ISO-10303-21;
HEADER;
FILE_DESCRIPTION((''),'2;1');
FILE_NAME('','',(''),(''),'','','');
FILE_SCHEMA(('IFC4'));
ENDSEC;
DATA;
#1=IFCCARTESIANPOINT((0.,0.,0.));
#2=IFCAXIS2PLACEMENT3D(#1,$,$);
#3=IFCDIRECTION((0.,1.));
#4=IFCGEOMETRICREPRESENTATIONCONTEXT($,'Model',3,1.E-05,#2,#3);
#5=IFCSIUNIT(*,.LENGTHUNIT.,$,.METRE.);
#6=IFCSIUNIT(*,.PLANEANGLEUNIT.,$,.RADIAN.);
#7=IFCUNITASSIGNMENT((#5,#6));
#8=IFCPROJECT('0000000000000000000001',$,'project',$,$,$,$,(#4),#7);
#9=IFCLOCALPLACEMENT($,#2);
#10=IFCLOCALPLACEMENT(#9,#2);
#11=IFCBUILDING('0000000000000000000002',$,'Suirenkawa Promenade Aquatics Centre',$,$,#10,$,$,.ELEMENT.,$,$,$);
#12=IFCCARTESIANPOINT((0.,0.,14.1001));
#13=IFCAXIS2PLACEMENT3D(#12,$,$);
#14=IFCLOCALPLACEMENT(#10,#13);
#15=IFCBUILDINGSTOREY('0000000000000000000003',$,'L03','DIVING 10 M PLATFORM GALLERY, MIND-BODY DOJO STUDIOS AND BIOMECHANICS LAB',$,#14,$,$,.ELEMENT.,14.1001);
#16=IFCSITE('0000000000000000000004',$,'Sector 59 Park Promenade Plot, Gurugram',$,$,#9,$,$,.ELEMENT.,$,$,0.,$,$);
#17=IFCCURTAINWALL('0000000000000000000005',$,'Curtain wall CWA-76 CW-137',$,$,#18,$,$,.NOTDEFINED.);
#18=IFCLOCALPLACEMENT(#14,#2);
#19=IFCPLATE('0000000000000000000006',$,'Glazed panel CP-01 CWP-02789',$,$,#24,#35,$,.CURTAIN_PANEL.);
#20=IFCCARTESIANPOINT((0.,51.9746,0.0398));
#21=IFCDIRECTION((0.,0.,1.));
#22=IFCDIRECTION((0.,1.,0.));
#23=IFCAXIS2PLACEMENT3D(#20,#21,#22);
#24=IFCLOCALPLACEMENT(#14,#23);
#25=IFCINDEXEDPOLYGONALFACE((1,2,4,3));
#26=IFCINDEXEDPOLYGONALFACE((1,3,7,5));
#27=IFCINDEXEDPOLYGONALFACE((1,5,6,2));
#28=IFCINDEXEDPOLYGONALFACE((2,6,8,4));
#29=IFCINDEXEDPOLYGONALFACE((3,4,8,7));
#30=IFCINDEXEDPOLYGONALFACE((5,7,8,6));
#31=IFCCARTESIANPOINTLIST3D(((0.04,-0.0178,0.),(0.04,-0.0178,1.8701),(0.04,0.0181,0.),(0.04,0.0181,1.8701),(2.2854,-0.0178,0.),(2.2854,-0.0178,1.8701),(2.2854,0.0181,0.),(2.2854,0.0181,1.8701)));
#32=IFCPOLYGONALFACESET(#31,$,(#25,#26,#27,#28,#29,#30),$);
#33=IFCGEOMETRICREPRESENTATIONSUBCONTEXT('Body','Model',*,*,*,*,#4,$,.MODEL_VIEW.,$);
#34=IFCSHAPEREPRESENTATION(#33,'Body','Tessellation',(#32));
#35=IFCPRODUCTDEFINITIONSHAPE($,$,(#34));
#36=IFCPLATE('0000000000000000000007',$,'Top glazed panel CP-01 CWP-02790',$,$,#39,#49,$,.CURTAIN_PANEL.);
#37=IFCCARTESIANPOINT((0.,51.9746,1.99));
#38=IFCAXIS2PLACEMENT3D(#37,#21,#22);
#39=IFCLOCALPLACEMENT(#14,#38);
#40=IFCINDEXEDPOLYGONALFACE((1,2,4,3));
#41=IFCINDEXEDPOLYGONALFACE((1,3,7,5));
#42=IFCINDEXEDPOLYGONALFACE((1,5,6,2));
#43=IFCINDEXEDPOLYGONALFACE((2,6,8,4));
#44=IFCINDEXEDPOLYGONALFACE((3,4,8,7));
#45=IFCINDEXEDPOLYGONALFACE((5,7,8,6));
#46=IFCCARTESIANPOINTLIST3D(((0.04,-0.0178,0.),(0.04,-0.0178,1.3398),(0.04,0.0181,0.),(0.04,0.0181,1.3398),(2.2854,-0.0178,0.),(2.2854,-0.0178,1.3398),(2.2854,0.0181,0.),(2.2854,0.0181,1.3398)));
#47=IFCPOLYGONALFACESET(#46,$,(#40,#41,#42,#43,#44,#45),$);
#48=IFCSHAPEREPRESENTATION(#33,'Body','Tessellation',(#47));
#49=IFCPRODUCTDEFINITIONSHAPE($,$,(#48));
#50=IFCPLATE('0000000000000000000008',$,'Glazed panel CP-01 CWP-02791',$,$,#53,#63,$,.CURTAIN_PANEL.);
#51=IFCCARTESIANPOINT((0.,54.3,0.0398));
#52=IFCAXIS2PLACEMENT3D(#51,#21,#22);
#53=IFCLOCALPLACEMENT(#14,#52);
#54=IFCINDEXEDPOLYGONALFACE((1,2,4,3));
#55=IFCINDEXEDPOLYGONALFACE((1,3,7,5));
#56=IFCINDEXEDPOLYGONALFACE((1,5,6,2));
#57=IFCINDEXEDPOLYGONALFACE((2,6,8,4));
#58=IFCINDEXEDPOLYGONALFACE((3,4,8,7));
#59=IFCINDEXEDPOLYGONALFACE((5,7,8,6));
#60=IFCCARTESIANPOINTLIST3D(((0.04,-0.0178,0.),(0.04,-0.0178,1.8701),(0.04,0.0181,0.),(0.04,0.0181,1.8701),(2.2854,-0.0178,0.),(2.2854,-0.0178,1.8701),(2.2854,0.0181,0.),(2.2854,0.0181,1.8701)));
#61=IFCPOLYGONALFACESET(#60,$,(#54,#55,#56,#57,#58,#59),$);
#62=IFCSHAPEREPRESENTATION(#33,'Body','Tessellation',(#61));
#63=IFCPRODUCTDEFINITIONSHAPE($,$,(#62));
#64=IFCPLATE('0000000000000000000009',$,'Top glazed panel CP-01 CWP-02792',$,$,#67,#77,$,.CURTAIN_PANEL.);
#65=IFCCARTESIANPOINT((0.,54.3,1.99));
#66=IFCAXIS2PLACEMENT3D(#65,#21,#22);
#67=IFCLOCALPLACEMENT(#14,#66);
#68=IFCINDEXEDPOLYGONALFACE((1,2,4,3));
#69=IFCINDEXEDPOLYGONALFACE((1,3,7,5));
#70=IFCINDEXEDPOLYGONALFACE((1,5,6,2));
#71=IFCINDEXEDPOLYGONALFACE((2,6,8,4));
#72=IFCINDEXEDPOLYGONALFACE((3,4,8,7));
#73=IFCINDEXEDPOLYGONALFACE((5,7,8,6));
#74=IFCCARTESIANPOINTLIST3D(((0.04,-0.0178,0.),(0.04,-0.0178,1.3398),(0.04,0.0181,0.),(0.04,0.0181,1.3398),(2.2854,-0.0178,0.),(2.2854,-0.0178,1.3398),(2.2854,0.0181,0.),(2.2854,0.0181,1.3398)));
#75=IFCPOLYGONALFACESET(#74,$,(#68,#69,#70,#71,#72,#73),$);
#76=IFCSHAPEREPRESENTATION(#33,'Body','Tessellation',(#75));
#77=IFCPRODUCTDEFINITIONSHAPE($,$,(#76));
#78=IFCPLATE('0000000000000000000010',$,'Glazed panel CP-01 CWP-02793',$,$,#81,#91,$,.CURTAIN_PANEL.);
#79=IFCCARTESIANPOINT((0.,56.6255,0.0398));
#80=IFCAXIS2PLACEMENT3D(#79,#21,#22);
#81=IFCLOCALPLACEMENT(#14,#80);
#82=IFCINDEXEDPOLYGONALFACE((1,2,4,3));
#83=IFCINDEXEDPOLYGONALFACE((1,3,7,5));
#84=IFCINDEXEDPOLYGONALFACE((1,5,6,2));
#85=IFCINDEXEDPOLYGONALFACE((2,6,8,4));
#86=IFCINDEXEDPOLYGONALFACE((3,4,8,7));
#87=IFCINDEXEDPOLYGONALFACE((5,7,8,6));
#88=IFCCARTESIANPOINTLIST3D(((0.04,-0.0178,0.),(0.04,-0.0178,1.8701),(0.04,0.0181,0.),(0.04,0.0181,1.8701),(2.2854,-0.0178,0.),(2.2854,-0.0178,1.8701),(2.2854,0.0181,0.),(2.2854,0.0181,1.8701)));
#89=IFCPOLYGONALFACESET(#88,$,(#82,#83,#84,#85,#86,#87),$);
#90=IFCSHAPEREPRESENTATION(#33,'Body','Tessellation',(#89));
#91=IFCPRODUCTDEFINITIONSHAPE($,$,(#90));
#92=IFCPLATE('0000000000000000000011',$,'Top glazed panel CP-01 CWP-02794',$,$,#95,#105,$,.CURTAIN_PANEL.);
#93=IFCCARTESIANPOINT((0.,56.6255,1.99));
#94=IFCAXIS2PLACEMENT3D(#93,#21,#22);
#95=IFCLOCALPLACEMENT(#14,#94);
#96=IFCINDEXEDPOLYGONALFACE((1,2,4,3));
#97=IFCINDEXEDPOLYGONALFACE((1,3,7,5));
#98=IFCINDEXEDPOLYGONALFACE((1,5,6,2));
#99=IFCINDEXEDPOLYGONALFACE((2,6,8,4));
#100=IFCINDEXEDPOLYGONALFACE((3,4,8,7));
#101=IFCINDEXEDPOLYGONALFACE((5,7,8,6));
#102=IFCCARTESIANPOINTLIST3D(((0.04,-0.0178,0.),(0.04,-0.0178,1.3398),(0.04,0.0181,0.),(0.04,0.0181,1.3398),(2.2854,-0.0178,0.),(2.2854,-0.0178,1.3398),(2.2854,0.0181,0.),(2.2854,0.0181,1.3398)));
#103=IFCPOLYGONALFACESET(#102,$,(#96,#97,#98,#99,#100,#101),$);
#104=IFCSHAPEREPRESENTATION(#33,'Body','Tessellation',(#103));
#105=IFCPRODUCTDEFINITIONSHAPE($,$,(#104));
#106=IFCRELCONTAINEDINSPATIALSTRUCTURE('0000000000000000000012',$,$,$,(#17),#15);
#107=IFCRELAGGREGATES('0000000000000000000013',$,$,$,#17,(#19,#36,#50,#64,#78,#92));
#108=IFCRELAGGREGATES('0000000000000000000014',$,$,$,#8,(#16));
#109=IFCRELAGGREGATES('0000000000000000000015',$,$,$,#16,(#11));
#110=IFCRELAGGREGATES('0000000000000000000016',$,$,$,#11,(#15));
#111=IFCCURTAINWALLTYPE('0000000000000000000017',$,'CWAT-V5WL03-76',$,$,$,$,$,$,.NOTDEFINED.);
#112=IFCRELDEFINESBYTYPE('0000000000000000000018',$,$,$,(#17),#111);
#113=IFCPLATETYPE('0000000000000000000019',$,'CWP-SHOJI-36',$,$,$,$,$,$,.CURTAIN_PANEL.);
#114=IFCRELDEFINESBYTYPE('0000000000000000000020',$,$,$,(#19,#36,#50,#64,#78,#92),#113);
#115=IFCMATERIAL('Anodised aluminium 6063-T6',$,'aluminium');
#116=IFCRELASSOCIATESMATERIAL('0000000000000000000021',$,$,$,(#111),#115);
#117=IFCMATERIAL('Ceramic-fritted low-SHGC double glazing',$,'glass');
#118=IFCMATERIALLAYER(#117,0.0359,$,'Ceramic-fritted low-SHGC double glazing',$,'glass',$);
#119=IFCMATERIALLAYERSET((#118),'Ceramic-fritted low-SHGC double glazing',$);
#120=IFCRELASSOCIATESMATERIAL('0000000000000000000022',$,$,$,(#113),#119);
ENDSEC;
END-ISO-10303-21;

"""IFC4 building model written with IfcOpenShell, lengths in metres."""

from ifc_helpers import new_model, si_unit, direction, frame, origin, place, context, subcontext, project, spatial, polyline, outline, extrude, material, layer, layer_set, type_object, element, aggregate, save


model = new_model("IFC4")

# Units and contexts
model_context = context("Model", 3, precision=1e-05, world=origin(), true_north=direction((0.0, 1.0)))
body_context = subcontext(model_context, "Body", "Model", "MODEL_VIEW")
ifc_project = project(units=[si_unit("LENGTHUNIT", "METRE"), si_unit("PLANEANGLEUNIT", "RADIAN")], contexts=[model_context])

# Site, building, storey
site_placement = place(None, origin())
site = spatial("IfcSite", under=ifc_project, at=site_placement, Name="Sector 59 Park Promenade Plot, Gurugram", CompositionType="ELEMENT", RefElevation=0.0)
building_placement = place(site_placement, origin())
building = spatial("IfcBuilding", under=site, at=building_placement, Name="Suirenkawa Promenade Aquatics Centre", CompositionType="ELEMENT")
storey_placement = place(building_placement, frame((0.0, 0.0, 14.1001)))
storey = spatial("IfcBuildingStorey", under=building, at=storey_placement, Name="L03", Description="DIVING 10 M PLATFORM GALLERY, MIND-BODY DOJO STUDIOS AND BIOMECHANICS LAB", CompositionType="ELEMENT", Elevation=14.1001)

# Curtain wall, plates
ifc_material_1 = material(Name="Anodised aluminium 6063-T6", Category="aluminium")
curtain_wall_type = type_object("IfcCurtainWallType", Name="CWAT-V5WL03-76", PredefinedType="NOTDEFINED", material=ifc_material_1)
curtain_wall_placement = place(storey_placement, origin())
curtain_wall = element("IfcCurtainWall", 1, at=curtain_wall_placement, inside=storey, type_object=curtain_wall_type, Name="Curtain wall CWA-76 CW-137", PredefinedType="NOTDEFINED")
ifc_material_2 = material(Name="Ceramic-fritted low-SHGC double glazing", Category="glass")
ifc_layer = layer(ifc_material_2, 0.0359, Name="Ceramic-fritted low-SHGC double glazing", Category="glass")
ifc_layer_set = layer_set([ifc_layer], Name="Ceramic-fritted low-SHGC double glazing")
plate_type = type_object("IfcPlateType", Name="CWP-SHOJI-36", PredefinedType="CURTAIN_PANEL", material=ifc_layer_set)
plate_1_placement = place(storey_placement, frame((0.0, 51.9746, 0.0398), z_axis=(0.0, 0.0, 1.0), x_axis=(0.0, 1.0, 0.0)))
plate_1 = element("IfcPlate", 2, at=plate_1_placement, type_object=plate_type, Name="Glazed panel CP-01 CWP-02789", PredefinedType="CURTAIN_PANEL", context=body_context, shape_type="SweptSolid", body=[
    extrude(outline(polyline([(0.04, 0.0), (2.2854, 0.0), (2.2854, 1.8701), (0.04, 1.8701), (0.04, 0.0)])), frame((0.0, 0.0181, 0.0), z_axis=(0.0, -1.0, 0.0), x_axis=(1.0, 0.0, 0.0)), (0.0, 0.0, 1.0), 0.0359),
])
plate_2_placement = place(storey_placement, frame((0.0, 51.9746, 1.99), z_axis=(0.0, 0.0, 1.0), x_axis=(0.0, 1.0, 0.0)))
plate_2 = element("IfcPlate", 3, at=plate_2_placement, type_object=plate_type, Name="Top glazed panel CP-01 CWP-02790", PredefinedType="CURTAIN_PANEL", context=body_context, shape_type="SweptSolid", body=[
    extrude(outline(polyline([(0.04, 0.0), (2.2854, 0.0), (2.2854, 1.3398), (0.04, 1.3398), (0.04, 0.0)])), frame((0.0, 0.0181, 0.0), z_axis=(0.0, -1.0, 0.0), x_axis=(1.0, 0.0, 0.0)), (0.0, 0.0, 1.0), 0.0359),
])
plate_3_placement = place(storey_placement, frame((0.0, 54.3, 0.0398), z_axis=(0.0, 0.0, 1.0), x_axis=(0.0, 1.0, 0.0)))
plate_3 = element("IfcPlate", 4, at=plate_3_placement, type_object=plate_type, Name="Glazed panel CP-01 CWP-02791", PredefinedType="CURTAIN_PANEL", context=body_context, shape_type="SweptSolid", body=[
    extrude(outline(polyline([(0.04, 0.0), (2.2854, 0.0), (2.2854, 1.8701), (0.04, 1.8701), (0.04, 0.0)])), frame((0.0, 0.0181, 0.0), z_axis=(0.0, -1.0, 0.0), x_axis=(1.0, 0.0, 0.0)), (0.0, 0.0, 1.0), 0.0359),
])
plate_4_placement = place(storey_placement, frame((0.0, 54.3, 1.99), z_axis=(0.0, 0.0, 1.0), x_axis=(0.0, 1.0, 0.0)))
plate_4 = element("IfcPlate", 5, at=plate_4_placement, type_object=plate_type, Name="Top glazed panel CP-01 CWP-02792", PredefinedType="CURTAIN_PANEL", context=body_context, shape_type="SweptSolid", body=[
    extrude(outline(polyline([(0.04, 0.0), (2.2854, 0.0), (2.2854, 1.3398), (0.04, 1.3398), (0.04, 0.0)])), frame((0.0, 0.0181, 0.0), z_axis=(0.0, -1.0, 0.0), x_axis=(1.0, 0.0, 0.0)), (0.0, 0.0, 1.0), 0.0359),
])
plate_5_placement = place(storey_placement, frame((0.0, 56.6255, 0.0398), z_axis=(0.0, 0.0, 1.0), x_axis=(0.0, 1.0, 0.0)))
plate_5 = element("IfcPlate", 6, at=plate_5_placement, type_object=plate_type, Name="Glazed panel CP-01 CWP-02793", PredefinedType="CURTAIN_PANEL", context=body_context, shape_type="SweptSolid", body=[
    extrude(outline(polyline([(0.04, 0.0), (2.2854, 0.0), (2.2854, 1.8701), (0.04, 1.8701), (0.04, 0.0)])), frame((0.0, 0.0181, 0.0), z_axis=(0.0, -1.0, 0.0), x_axis=(1.0, 0.0, 0.0)), (0.0, 0.0, 1.0), 0.0359),
])
plate_6_placement = place(storey_placement, frame((0.0, 56.6255, 1.99), z_axis=(0.0, 0.0, 1.0), x_axis=(0.0, 1.0, 0.0)))
plate_6 = element("IfcPlate", 7, at=plate_6_placement, type_object=plate_type, Name="Top glazed panel CP-01 CWP-02794", PredefinedType="CURTAIN_PANEL", context=body_context, shape_type="SweptSolid", body=[
    extrude(outline(polyline([(0.04, 0.0), (2.2854, 0.0), (2.2854, 1.3398), (0.04, 1.3398), (0.04, 0.0)])), frame((0.0, 0.0181, 0.0), z_axis=(0.0, -1.0, 0.0), x_axis=(1.0, 0.0, 0.0)), (0.0, 0.0, 1.0), 0.0359),
])
aggregate(curtain_wall, [plate_1, plate_2, plate_3, plate_4, plate_5, plate_6])

save(model, "model.ifc")
